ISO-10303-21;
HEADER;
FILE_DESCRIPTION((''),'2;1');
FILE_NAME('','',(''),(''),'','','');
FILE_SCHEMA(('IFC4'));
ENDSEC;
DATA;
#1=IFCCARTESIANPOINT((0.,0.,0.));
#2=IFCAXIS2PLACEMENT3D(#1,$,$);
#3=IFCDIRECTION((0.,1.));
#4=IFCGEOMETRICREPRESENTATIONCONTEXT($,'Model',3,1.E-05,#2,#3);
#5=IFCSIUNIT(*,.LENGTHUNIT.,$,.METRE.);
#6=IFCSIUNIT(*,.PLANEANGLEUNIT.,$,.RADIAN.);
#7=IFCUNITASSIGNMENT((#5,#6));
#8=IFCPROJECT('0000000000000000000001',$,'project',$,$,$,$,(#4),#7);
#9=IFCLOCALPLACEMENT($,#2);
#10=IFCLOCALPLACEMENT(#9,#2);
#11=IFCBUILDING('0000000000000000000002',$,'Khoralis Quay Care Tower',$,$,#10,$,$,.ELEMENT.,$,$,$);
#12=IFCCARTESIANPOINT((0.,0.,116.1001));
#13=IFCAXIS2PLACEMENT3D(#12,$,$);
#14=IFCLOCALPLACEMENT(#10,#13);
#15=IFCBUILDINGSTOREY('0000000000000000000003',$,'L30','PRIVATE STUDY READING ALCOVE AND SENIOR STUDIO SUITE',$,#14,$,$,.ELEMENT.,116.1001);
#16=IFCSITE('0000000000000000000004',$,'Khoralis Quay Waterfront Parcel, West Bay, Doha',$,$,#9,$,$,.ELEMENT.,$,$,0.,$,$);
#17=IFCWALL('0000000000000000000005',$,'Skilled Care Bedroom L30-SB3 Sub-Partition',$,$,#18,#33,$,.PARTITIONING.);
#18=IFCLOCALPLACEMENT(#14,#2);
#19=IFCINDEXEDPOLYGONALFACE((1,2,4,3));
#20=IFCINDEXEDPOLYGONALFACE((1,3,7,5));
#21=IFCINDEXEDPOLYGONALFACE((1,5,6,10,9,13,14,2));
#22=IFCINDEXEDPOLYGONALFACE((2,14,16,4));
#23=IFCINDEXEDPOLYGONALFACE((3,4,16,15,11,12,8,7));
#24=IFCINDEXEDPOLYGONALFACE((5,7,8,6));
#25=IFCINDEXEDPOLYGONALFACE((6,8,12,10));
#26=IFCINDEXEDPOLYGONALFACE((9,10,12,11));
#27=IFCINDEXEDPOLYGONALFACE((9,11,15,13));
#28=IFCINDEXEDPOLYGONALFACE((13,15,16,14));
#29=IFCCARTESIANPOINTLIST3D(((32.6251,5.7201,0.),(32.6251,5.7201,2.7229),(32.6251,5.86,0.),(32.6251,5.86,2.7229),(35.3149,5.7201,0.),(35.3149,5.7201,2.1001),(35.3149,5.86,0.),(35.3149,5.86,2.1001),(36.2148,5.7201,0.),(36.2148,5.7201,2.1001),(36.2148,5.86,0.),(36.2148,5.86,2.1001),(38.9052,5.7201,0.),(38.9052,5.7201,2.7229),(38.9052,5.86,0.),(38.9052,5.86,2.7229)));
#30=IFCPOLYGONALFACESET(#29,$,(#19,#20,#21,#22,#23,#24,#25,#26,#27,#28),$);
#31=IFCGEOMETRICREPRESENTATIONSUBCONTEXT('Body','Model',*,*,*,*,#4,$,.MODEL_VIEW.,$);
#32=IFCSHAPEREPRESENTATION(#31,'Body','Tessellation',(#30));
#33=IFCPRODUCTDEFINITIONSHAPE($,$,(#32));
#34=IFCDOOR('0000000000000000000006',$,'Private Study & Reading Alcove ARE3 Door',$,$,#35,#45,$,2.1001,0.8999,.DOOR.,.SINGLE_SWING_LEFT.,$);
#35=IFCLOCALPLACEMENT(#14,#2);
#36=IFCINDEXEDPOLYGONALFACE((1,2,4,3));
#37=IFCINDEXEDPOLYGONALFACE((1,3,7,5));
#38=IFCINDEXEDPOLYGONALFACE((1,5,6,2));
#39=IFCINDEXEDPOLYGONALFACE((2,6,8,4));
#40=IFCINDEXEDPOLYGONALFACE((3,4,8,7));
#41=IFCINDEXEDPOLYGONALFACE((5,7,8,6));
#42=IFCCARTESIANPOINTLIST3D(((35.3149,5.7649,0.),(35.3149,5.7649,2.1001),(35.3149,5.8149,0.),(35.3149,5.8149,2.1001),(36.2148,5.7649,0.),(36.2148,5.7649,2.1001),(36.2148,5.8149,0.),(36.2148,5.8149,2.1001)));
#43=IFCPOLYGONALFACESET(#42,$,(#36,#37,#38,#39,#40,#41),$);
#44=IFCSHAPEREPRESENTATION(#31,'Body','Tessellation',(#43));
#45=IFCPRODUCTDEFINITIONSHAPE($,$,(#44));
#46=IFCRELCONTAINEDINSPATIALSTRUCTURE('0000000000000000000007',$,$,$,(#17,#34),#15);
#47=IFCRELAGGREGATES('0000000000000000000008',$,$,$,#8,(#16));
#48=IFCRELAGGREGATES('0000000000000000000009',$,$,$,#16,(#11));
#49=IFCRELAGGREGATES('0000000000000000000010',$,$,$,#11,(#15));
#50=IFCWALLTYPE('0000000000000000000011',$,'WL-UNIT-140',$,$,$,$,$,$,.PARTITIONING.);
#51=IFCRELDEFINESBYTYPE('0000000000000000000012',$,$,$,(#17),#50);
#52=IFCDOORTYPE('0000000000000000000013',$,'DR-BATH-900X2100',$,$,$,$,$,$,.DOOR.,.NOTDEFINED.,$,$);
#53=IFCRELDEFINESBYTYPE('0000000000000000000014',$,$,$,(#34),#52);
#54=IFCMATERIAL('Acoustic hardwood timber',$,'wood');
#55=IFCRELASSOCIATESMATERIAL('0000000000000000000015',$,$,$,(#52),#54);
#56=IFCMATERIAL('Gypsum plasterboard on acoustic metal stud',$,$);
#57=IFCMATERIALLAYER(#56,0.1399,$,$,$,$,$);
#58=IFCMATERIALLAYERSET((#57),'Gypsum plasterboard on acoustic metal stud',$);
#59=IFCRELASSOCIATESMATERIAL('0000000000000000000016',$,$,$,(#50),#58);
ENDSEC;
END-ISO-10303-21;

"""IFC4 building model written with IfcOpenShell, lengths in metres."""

from ifc_helpers import new_model, si_unit, direction, frame, frame_2d, origin, place, context, subcontext, project, spatial, rectangle, extrude, source, transform, mapped, material, layer, layer_set, type_object, element, fill, save


model = new_model("IFC4")

# Units and contexts
model_context = context("Model", 3, precision=1e-05, world=origin(), true_north=direction((0.0, 1.0)))
body_context = subcontext(model_context, "Body", "Model", "MODEL_VIEW")
ifc_project = project(units=[si_unit("LENGTHUNIT", "METRE"), si_unit("PLANEANGLEUNIT", "RADIAN")], contexts=[model_context])

# Site, building, storey
site_placement = place(None, origin())
site = spatial("IfcSite", under=ifc_project, at=site_placement, Name="Khoralis Quay Waterfront Parcel, West Bay, Doha", CompositionType="ELEMENT", RefElevation=0.0)
building_placement = place(site_placement, origin())
building = spatial("IfcBuilding", under=site, at=building_placement, Name="Khoralis Quay Care Tower", CompositionType="ELEMENT")
storey_placement = place(building_placement, frame((0.0, 0.0, 116.1001)))
storey = spatial("IfcBuildingStorey", under=building, at=storey_placement, Name="L30", Description="PRIVATE STUDY READING ALCOVE AND SENIOR STUDIO SUITE", CompositionType="ELEMENT", Elevation=116.1001)

# Shared definitions
ifc_material_1 = material(Name="Gypsum plasterboard on acoustic metal stud")

# Shared definitions
ifc_material_2 = material(Name="Acoustic hardwood timber", Category="wood")

# Shared definitions
door_type_1 = type_object("IfcDoorType", Name="DR-BATH-900X2100", OperationType="NOTDEFINED", PredefinedType="DOOR", material=ifc_material_2)
shared_shape_1 = source(origin(), body_context, "Body", "SweptSolid", [
    extrude(rectangle(XDim=0.8999, YDim=2.1001, at=frame_2d((0.45, 1.05))), frame((0.0, 0.0249, 0.0), z_axis=(0.0, -1.0, 0.0), x_axis=(1.0, 0.0, 0.0)), (0.0, 0.0, 1.0), 0.05),
])

# Shared definitions
ifc_layer_1 = layer(ifc_material_1, 0.1399)
ifc_layer_set_1 = layer_set([ifc_layer_1], Name="Gypsum plasterboard on acoustic metal stud")
wall_type_1 = type_object("IfcWallType", Name="WL-UNIT-140", PredefinedType="PARTITIONING", material=ifc_layer_set_1)

# Wall, opening, door
wall_1_placement = place(storey_placement, frame((32.625, 5.79, 0.0), z_axis=(0.0, 0.0, 1.0), x_axis=(1.0, 0.0, 0.0)))
wall_1 = element("IfcWall", 1, at=wall_1_placement, inside=storey, type_object=wall_type_1, Name="Skilled Care Bedroom L30-SB3 Sub-Partition", PredefinedType="PARTITIONING", context=body_context, shape_type="SweptSolid", body=[
    extrude(rectangle(XDim=6.28, YDim=0.1399, at=frame_2d((3.1401, 0.0))), origin(), (0.0, 0.0, 1.0), 2.7229),
])
opening_1_placement = place(wall_1_placement, frame((2.6899, 0.0, 0.0)))
opening_1 = element("IfcOpeningElement", 2, at=opening_1_placement, cuts=wall_1, PredefinedType="OPENING", context=body_context, shape_type="SweptSolid", body=[
    extrude(rectangle(XDim=0.8999, YDim=2.1001, at=frame_2d((0.45, 1.05))), frame((0.0, 0.0801, 0.0), z_axis=(0.0, -1.0, 0.0), x_axis=(1.0, 0.0, 0.0)), (0.0, 0.0, 1.0), 0.1599),
])
door_1_placement = place(opening_1_placement, origin())
door_1 = element("IfcDoor", 3, at=door_1_placement, inside=storey, type_object=door_type_1, Name="Private Study & Reading Alcove ARE3 Door", OperationType="SINGLE_SWING_LEFT", OverallHeight=2.1001, OverallWidth=0.8999, PredefinedType="DOOR", context=body_context, shape_type="MappedRepresentation", body=[
    mapped(shared_shape_1, transform((0.0, 0.0, 0.0), scale=1.0)),
])
fill(opening_1, door_1)

save(model, "model.ifc")
